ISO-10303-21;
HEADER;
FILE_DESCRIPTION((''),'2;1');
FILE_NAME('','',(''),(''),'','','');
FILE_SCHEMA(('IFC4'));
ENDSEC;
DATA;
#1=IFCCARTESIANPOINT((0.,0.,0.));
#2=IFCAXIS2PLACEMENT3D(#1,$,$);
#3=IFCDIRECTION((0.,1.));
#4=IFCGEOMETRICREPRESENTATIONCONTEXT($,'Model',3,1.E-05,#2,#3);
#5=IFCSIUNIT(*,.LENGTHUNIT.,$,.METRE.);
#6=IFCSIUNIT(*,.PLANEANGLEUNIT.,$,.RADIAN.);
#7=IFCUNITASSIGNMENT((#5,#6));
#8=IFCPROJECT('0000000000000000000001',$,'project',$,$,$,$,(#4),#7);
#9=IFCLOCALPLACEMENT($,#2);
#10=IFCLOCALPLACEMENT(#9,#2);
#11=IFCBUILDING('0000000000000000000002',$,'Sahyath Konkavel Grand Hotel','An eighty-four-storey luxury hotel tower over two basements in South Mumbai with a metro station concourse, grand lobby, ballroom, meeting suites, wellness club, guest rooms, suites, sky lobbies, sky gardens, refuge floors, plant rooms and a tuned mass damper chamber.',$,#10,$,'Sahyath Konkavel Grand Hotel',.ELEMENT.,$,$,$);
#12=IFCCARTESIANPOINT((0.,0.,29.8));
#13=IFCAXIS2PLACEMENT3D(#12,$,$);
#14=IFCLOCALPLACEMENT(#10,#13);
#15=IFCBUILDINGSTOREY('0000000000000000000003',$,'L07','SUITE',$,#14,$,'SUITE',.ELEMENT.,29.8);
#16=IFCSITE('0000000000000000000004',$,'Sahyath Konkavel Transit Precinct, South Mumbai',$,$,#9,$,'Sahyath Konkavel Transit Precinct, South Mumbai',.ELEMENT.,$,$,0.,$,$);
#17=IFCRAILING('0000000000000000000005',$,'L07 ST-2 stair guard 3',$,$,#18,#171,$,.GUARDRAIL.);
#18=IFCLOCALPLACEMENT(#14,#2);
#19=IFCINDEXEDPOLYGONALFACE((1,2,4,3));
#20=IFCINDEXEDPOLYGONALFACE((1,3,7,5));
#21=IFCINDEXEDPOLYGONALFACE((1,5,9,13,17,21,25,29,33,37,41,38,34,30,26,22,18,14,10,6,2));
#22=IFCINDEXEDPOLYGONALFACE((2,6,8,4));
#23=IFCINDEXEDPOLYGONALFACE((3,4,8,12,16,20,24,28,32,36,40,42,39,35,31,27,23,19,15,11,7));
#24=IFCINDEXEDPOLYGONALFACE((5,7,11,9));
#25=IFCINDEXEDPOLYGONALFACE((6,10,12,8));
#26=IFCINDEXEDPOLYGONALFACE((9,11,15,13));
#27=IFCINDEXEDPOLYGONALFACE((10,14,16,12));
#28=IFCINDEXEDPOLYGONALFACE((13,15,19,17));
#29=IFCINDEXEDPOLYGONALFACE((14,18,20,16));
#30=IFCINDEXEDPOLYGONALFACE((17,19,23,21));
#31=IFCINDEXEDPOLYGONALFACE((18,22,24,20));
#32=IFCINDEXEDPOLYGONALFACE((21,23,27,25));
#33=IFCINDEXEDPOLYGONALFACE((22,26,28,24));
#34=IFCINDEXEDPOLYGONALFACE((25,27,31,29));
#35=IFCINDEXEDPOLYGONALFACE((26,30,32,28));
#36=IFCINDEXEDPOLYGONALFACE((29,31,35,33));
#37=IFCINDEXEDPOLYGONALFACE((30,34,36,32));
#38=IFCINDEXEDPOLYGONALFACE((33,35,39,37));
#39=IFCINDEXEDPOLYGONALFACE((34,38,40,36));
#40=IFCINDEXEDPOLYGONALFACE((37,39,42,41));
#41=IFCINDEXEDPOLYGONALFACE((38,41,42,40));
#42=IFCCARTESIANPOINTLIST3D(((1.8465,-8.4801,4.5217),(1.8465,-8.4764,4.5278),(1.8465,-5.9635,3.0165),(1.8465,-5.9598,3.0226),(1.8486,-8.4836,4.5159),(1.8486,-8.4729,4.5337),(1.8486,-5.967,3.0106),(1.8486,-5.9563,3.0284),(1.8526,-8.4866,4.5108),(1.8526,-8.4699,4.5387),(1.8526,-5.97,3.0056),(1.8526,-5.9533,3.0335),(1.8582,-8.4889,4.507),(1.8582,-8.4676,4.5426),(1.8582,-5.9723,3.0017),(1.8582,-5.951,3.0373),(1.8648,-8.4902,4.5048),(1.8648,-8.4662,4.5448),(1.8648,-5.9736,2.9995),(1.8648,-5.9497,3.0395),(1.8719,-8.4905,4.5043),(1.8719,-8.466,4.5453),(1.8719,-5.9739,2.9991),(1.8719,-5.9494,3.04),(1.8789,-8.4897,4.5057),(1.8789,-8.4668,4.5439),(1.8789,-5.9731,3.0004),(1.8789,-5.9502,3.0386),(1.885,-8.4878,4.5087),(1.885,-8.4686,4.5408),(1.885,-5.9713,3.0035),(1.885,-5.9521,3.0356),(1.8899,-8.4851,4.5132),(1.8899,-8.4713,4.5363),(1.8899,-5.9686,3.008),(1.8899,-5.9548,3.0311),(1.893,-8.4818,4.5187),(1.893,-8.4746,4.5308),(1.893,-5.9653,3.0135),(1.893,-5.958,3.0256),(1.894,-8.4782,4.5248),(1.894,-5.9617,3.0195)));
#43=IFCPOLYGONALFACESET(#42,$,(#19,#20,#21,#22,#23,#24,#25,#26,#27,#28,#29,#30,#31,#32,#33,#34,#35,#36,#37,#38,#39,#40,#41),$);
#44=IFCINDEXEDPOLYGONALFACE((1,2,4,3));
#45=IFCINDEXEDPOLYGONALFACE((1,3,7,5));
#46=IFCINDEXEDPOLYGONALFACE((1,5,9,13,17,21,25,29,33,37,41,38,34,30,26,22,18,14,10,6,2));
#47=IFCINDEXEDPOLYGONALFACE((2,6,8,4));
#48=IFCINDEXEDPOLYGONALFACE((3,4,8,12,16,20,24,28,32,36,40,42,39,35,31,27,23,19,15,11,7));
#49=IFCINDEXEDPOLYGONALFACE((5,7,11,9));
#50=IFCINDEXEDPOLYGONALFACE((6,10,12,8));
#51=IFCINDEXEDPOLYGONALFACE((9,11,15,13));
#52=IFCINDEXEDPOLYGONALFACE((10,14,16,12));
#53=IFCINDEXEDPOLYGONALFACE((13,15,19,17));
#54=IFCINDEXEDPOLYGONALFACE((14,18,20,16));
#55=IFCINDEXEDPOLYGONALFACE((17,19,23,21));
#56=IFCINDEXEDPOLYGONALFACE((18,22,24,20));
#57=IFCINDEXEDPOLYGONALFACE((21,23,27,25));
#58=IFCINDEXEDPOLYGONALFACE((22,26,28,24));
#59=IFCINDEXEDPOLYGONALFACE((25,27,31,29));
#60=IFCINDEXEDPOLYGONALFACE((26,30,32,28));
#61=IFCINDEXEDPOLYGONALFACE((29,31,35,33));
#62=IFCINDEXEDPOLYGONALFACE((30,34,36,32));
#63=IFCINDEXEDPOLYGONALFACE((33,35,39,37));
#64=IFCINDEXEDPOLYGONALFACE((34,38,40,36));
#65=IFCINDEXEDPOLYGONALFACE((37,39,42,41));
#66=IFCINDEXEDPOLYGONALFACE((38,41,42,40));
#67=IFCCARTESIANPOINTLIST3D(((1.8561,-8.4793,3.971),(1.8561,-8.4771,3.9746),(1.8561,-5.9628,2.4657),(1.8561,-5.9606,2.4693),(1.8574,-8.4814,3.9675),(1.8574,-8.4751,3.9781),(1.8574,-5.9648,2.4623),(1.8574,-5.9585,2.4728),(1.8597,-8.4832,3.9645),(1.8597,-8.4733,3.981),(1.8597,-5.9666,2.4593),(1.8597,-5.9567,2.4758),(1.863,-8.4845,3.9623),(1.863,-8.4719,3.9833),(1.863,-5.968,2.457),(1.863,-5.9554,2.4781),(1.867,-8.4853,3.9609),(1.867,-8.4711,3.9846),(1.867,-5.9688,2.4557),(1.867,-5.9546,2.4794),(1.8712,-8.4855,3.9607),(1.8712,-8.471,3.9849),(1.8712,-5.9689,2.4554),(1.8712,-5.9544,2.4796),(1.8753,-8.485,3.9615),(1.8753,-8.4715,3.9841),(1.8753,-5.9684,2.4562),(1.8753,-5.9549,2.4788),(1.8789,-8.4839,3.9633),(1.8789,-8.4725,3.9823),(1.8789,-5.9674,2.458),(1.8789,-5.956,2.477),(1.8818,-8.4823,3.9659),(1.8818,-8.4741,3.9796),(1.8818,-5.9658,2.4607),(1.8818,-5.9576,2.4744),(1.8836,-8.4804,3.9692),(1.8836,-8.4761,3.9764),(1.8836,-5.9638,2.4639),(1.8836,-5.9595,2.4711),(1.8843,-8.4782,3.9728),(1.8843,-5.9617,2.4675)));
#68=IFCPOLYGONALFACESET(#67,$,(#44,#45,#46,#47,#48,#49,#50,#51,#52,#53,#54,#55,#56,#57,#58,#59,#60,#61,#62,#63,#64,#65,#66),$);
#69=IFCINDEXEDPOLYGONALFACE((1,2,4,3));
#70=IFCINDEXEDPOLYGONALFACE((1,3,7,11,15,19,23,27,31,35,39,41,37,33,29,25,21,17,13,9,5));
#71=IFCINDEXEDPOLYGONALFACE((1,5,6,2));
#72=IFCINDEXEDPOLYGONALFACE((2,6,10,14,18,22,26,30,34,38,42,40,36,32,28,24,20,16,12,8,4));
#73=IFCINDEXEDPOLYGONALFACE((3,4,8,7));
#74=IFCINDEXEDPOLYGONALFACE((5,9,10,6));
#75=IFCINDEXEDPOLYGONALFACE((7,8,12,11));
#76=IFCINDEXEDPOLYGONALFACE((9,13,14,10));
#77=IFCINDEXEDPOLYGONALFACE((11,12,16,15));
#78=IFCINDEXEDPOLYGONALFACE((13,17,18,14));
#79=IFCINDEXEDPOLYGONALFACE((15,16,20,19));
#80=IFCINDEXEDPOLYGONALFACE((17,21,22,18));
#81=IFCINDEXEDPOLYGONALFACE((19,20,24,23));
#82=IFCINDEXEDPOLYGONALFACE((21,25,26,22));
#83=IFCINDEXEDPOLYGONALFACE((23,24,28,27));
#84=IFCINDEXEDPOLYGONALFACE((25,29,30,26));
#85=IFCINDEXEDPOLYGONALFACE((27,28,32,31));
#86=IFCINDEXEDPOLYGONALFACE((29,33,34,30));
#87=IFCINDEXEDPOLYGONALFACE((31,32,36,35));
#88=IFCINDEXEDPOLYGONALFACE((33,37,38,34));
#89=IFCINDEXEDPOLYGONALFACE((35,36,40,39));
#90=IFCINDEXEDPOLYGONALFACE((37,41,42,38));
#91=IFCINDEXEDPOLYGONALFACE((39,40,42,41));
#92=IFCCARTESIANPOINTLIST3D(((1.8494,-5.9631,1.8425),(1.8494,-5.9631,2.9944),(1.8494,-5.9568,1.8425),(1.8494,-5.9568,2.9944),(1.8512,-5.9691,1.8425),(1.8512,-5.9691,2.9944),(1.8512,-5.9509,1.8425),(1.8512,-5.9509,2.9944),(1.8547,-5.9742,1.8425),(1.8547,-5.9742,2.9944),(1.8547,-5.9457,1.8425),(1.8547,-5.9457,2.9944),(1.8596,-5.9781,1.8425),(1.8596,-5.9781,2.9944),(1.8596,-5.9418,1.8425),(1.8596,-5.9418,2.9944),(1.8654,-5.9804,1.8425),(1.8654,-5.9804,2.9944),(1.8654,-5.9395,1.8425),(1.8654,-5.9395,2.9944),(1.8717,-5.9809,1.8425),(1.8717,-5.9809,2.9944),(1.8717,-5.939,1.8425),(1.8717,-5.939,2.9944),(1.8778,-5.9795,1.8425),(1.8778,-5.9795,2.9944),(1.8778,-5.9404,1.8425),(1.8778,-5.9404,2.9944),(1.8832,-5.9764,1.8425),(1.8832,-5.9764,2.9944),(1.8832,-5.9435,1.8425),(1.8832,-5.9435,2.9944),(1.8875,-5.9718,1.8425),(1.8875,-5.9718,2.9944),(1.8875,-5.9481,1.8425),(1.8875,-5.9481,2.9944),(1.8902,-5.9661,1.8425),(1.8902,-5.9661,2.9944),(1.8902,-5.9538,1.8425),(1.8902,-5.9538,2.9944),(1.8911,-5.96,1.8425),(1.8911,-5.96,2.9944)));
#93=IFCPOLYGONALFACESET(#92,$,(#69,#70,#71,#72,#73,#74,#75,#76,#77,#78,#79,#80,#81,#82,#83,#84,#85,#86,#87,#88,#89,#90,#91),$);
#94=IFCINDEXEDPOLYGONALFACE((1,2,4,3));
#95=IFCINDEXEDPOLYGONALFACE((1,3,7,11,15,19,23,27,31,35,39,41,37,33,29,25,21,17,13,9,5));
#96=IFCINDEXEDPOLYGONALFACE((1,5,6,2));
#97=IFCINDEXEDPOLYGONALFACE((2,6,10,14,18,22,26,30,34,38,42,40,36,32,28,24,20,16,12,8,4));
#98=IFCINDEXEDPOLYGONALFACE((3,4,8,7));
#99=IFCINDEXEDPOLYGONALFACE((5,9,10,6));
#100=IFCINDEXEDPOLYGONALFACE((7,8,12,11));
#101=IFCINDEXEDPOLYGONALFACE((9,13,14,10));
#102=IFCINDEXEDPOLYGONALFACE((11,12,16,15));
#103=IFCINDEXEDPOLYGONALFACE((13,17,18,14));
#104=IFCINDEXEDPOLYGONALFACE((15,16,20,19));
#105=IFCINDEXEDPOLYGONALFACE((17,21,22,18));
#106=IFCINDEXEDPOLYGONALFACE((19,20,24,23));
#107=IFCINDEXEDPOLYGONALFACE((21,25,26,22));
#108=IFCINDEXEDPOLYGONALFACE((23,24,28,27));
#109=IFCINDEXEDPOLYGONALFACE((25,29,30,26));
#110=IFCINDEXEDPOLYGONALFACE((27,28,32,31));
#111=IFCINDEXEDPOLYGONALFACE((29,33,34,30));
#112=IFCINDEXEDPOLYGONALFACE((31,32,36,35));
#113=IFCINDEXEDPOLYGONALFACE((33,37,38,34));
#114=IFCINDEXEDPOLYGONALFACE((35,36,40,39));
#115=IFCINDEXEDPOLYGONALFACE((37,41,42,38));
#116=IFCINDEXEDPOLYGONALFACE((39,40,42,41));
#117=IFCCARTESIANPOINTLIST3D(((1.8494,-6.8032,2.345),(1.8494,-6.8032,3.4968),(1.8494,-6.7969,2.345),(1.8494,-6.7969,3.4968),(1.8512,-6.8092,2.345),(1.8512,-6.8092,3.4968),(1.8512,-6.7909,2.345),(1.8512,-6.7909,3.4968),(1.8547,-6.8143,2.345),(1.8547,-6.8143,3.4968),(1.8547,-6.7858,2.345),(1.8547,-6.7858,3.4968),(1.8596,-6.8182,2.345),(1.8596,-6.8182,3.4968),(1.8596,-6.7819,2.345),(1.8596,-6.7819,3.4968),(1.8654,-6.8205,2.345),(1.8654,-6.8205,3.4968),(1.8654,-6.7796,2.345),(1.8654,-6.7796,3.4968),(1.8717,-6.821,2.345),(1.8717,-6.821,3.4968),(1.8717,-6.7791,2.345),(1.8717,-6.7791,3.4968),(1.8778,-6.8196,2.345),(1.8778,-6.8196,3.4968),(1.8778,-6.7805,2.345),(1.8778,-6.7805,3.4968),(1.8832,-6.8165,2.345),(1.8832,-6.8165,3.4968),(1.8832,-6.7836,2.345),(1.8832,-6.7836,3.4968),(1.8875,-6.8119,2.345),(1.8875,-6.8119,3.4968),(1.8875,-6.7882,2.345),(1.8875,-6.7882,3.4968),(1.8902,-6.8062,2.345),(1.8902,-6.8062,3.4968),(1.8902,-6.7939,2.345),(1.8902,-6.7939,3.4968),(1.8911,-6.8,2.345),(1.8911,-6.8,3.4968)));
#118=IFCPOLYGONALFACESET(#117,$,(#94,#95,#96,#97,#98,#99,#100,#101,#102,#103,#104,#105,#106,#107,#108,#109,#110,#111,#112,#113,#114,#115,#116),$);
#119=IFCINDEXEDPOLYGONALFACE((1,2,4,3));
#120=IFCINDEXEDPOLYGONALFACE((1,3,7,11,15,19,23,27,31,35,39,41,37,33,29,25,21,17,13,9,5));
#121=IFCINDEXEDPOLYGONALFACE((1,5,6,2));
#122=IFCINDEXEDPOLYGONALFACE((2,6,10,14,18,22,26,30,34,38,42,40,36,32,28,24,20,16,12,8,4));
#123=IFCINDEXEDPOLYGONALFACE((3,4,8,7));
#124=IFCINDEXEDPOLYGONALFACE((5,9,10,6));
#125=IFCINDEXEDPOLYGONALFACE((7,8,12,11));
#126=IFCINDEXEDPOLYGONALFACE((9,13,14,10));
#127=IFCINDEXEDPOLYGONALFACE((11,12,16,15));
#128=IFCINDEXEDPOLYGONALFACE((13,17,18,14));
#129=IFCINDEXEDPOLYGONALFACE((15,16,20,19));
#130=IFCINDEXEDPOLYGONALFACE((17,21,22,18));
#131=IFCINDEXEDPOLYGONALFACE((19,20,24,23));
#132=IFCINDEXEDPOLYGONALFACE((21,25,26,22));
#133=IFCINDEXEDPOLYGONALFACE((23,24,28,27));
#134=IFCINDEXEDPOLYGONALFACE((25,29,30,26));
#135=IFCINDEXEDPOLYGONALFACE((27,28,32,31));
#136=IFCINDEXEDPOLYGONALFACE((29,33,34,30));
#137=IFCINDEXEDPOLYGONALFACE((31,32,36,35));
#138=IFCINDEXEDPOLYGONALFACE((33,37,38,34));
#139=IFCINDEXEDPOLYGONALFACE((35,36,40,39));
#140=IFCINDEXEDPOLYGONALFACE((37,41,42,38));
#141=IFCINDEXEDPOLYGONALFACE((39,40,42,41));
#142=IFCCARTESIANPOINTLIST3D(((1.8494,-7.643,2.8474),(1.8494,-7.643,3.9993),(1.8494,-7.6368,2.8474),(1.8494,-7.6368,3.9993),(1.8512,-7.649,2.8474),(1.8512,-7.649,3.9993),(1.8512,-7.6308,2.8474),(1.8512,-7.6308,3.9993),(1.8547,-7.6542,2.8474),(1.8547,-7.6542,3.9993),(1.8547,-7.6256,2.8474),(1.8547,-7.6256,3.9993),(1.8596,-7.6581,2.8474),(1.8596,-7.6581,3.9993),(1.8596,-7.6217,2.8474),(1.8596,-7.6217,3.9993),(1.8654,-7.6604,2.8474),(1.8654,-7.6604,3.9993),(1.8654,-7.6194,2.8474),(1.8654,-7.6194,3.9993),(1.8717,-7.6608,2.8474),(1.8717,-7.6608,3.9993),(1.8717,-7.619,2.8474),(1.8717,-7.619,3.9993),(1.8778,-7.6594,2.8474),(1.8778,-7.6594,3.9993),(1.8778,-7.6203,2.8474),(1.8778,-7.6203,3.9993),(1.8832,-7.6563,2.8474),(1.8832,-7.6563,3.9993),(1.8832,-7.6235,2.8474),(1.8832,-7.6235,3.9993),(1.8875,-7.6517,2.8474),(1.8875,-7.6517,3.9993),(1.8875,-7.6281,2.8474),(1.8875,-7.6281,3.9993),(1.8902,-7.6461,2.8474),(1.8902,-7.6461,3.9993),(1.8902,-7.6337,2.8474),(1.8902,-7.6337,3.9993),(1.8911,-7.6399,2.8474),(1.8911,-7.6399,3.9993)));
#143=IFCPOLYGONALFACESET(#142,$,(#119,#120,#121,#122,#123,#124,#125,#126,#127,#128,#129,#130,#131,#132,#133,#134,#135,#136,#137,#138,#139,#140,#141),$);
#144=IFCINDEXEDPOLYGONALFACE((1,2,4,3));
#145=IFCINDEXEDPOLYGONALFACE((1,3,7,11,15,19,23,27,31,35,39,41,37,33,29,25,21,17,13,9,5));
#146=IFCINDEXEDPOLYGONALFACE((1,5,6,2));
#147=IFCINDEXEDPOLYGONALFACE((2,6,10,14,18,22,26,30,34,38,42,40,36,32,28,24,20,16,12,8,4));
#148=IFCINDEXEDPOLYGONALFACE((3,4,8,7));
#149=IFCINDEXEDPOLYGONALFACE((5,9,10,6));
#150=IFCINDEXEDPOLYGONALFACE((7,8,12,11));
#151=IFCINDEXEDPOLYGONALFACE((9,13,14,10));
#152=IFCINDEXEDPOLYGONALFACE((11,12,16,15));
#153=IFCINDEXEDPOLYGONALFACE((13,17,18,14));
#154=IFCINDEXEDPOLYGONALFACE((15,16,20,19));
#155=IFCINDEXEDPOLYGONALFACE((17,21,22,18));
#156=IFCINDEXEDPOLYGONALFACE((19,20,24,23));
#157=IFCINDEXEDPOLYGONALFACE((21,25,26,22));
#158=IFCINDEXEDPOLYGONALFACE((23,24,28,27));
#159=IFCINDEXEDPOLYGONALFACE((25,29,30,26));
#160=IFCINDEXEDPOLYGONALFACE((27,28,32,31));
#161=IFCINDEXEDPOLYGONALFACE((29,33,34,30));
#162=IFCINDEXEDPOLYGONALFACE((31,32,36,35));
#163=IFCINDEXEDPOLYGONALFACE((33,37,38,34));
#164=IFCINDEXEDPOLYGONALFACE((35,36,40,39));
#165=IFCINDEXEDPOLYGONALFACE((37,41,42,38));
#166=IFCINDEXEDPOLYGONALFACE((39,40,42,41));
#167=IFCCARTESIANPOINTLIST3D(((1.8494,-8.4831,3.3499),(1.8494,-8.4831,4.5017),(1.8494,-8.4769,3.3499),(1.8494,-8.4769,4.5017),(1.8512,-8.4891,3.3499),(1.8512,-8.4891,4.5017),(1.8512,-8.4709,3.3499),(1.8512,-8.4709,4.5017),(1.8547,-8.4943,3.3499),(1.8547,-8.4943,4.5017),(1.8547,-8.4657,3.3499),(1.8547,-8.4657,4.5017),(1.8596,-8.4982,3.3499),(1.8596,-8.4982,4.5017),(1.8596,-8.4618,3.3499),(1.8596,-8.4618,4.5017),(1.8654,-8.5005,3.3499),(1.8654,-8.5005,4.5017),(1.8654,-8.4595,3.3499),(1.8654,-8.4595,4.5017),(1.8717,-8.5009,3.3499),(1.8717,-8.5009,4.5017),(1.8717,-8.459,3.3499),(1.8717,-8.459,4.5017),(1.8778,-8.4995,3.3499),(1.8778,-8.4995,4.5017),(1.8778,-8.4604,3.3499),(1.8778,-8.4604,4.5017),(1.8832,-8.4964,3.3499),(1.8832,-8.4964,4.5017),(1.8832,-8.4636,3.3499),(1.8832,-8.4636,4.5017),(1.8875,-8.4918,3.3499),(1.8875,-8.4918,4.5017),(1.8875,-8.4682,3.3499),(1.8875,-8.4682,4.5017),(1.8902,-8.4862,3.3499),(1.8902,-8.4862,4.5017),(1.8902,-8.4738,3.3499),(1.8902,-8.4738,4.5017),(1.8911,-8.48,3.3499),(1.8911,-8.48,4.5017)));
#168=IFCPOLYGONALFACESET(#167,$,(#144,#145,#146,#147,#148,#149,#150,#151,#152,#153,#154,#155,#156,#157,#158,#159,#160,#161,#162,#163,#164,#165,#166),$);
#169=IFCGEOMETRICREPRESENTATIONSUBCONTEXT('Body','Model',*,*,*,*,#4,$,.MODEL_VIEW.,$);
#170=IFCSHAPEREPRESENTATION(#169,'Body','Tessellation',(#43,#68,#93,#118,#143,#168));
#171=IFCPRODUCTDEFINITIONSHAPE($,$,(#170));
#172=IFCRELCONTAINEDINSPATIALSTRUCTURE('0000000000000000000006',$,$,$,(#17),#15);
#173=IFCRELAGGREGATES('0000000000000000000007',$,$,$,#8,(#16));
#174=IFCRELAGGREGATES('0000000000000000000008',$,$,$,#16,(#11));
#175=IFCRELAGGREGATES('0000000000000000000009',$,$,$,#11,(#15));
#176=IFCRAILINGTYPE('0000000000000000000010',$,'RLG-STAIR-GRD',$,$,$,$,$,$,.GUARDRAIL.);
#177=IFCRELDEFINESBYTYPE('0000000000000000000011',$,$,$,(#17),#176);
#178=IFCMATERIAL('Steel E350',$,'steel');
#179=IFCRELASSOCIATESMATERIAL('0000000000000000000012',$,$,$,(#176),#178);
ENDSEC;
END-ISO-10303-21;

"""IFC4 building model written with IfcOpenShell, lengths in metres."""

from ifc_helpers import new_model, si_unit, direction, frame, origin, origin_2d, place, context, subcontext, project, spatial, circle, extrude, material, type_object, element, save


model = new_model("IFC4")

# Units and contexts
model_context = context("Model", 3, precision=1e-05, world=origin(), true_north=direction((0.0, 1.0)))
body_context = subcontext(model_context, "Body", "Model", "MODEL_VIEW")
ifc_project = project(units=[si_unit("LENGTHUNIT", "METRE"), si_unit("PLANEANGLEUNIT", "RADIAN")], contexts=[model_context])

# Site, building, storey
site_placement = place(None, origin())
site = spatial("IfcSite", under=ifc_project, at=site_placement, Name="Sahyath Konkavel Transit Precinct, South Mumbai", LongName="Sahyath Konkavel Transit Precinct, South Mumbai", CompositionType="ELEMENT", RefElevation=0.0)
building_placement = place(site_placement, origin())
building = spatial("IfcBuilding", under=site, at=building_placement, Name="Sahyath Konkavel Grand Hotel", Description="An eighty-four-storey luxury hotel tower over two basements in South Mumbai with a metro station concourse, grand lobby, ballroom, meeting suites, wellness club, guest rooms, suites, sky lobbies, sky gardens, refuge floors, plant rooms and a tuned mass damper chamber.", LongName="Sahyath Konkavel Grand Hotel", CompositionType="ELEMENT")
storey_placement = place(building_placement, frame((0.0, 0.0, 29.8)))
storey = spatial("IfcBuildingStorey", under=building, at=storey_placement, Name="L07", Description="SUITE", LongName="SUITE", CompositionType="ELEMENT", Elevation=29.8)

# Shared definitions
ifc_material_1 = material(Name="Steel E350", Category="steel")

# Railing
railing_type_1 = type_object("IfcRailingType", Name="RLG-STAIR-GRD", PredefinedType="GUARDRAIL", material=ifc_material_1)
railing_1_placement = place(storey_placement, frame((1.8701, -5.96, 1.8425)))
element("IfcRailing", 1, at=railing_1_placement, inside=storey, type_object=railing_type_1, Name="L07 ST-2 stair guard 3", PredefinedType="GUARDRAIL", context=body_context, shape_type="SweptSolid", body=[
    extrude(circle(Radius=0.0239, at=origin_2d()), frame((0.0, -0.0017, 1.177), z_axis=(0.0, -0.858196, 0.513321), x_axis=(1.0, 0.0, 0.0)), (0.0, 0.0, 1.0), 2.9324),
    extrude(circle(Radius=0.0142, at=origin_2d()), frame((0.0, -0.0017, 0.625), z_axis=(0.0, -0.858196, 0.513321), x_axis=(1.0, 0.0, 0.0)), (0.0, 0.0, 1.0), 2.9324),
    extrude(circle(Radius=0.021, at=origin_2d()), origin(), (0.0, 0.0, 1.0), 1.1519),
    extrude(circle(Radius=0.021, at=origin_2d()), frame((0.0, -0.8401, 0.5024)), (0.0, 0.0, 1.0), 1.1519),
    extrude(circle(Radius=0.021, at=origin_2d()), frame((0.0, -1.6799, 1.0049)), (0.0, 0.0, 1.0), 1.1519),
    extrude(circle(Radius=0.021, at=origin_2d()), frame((0.0, -2.52, 1.5073)), (0.0, 0.0, 1.0), 1.1519),
])

save(model, "model.ifc")
